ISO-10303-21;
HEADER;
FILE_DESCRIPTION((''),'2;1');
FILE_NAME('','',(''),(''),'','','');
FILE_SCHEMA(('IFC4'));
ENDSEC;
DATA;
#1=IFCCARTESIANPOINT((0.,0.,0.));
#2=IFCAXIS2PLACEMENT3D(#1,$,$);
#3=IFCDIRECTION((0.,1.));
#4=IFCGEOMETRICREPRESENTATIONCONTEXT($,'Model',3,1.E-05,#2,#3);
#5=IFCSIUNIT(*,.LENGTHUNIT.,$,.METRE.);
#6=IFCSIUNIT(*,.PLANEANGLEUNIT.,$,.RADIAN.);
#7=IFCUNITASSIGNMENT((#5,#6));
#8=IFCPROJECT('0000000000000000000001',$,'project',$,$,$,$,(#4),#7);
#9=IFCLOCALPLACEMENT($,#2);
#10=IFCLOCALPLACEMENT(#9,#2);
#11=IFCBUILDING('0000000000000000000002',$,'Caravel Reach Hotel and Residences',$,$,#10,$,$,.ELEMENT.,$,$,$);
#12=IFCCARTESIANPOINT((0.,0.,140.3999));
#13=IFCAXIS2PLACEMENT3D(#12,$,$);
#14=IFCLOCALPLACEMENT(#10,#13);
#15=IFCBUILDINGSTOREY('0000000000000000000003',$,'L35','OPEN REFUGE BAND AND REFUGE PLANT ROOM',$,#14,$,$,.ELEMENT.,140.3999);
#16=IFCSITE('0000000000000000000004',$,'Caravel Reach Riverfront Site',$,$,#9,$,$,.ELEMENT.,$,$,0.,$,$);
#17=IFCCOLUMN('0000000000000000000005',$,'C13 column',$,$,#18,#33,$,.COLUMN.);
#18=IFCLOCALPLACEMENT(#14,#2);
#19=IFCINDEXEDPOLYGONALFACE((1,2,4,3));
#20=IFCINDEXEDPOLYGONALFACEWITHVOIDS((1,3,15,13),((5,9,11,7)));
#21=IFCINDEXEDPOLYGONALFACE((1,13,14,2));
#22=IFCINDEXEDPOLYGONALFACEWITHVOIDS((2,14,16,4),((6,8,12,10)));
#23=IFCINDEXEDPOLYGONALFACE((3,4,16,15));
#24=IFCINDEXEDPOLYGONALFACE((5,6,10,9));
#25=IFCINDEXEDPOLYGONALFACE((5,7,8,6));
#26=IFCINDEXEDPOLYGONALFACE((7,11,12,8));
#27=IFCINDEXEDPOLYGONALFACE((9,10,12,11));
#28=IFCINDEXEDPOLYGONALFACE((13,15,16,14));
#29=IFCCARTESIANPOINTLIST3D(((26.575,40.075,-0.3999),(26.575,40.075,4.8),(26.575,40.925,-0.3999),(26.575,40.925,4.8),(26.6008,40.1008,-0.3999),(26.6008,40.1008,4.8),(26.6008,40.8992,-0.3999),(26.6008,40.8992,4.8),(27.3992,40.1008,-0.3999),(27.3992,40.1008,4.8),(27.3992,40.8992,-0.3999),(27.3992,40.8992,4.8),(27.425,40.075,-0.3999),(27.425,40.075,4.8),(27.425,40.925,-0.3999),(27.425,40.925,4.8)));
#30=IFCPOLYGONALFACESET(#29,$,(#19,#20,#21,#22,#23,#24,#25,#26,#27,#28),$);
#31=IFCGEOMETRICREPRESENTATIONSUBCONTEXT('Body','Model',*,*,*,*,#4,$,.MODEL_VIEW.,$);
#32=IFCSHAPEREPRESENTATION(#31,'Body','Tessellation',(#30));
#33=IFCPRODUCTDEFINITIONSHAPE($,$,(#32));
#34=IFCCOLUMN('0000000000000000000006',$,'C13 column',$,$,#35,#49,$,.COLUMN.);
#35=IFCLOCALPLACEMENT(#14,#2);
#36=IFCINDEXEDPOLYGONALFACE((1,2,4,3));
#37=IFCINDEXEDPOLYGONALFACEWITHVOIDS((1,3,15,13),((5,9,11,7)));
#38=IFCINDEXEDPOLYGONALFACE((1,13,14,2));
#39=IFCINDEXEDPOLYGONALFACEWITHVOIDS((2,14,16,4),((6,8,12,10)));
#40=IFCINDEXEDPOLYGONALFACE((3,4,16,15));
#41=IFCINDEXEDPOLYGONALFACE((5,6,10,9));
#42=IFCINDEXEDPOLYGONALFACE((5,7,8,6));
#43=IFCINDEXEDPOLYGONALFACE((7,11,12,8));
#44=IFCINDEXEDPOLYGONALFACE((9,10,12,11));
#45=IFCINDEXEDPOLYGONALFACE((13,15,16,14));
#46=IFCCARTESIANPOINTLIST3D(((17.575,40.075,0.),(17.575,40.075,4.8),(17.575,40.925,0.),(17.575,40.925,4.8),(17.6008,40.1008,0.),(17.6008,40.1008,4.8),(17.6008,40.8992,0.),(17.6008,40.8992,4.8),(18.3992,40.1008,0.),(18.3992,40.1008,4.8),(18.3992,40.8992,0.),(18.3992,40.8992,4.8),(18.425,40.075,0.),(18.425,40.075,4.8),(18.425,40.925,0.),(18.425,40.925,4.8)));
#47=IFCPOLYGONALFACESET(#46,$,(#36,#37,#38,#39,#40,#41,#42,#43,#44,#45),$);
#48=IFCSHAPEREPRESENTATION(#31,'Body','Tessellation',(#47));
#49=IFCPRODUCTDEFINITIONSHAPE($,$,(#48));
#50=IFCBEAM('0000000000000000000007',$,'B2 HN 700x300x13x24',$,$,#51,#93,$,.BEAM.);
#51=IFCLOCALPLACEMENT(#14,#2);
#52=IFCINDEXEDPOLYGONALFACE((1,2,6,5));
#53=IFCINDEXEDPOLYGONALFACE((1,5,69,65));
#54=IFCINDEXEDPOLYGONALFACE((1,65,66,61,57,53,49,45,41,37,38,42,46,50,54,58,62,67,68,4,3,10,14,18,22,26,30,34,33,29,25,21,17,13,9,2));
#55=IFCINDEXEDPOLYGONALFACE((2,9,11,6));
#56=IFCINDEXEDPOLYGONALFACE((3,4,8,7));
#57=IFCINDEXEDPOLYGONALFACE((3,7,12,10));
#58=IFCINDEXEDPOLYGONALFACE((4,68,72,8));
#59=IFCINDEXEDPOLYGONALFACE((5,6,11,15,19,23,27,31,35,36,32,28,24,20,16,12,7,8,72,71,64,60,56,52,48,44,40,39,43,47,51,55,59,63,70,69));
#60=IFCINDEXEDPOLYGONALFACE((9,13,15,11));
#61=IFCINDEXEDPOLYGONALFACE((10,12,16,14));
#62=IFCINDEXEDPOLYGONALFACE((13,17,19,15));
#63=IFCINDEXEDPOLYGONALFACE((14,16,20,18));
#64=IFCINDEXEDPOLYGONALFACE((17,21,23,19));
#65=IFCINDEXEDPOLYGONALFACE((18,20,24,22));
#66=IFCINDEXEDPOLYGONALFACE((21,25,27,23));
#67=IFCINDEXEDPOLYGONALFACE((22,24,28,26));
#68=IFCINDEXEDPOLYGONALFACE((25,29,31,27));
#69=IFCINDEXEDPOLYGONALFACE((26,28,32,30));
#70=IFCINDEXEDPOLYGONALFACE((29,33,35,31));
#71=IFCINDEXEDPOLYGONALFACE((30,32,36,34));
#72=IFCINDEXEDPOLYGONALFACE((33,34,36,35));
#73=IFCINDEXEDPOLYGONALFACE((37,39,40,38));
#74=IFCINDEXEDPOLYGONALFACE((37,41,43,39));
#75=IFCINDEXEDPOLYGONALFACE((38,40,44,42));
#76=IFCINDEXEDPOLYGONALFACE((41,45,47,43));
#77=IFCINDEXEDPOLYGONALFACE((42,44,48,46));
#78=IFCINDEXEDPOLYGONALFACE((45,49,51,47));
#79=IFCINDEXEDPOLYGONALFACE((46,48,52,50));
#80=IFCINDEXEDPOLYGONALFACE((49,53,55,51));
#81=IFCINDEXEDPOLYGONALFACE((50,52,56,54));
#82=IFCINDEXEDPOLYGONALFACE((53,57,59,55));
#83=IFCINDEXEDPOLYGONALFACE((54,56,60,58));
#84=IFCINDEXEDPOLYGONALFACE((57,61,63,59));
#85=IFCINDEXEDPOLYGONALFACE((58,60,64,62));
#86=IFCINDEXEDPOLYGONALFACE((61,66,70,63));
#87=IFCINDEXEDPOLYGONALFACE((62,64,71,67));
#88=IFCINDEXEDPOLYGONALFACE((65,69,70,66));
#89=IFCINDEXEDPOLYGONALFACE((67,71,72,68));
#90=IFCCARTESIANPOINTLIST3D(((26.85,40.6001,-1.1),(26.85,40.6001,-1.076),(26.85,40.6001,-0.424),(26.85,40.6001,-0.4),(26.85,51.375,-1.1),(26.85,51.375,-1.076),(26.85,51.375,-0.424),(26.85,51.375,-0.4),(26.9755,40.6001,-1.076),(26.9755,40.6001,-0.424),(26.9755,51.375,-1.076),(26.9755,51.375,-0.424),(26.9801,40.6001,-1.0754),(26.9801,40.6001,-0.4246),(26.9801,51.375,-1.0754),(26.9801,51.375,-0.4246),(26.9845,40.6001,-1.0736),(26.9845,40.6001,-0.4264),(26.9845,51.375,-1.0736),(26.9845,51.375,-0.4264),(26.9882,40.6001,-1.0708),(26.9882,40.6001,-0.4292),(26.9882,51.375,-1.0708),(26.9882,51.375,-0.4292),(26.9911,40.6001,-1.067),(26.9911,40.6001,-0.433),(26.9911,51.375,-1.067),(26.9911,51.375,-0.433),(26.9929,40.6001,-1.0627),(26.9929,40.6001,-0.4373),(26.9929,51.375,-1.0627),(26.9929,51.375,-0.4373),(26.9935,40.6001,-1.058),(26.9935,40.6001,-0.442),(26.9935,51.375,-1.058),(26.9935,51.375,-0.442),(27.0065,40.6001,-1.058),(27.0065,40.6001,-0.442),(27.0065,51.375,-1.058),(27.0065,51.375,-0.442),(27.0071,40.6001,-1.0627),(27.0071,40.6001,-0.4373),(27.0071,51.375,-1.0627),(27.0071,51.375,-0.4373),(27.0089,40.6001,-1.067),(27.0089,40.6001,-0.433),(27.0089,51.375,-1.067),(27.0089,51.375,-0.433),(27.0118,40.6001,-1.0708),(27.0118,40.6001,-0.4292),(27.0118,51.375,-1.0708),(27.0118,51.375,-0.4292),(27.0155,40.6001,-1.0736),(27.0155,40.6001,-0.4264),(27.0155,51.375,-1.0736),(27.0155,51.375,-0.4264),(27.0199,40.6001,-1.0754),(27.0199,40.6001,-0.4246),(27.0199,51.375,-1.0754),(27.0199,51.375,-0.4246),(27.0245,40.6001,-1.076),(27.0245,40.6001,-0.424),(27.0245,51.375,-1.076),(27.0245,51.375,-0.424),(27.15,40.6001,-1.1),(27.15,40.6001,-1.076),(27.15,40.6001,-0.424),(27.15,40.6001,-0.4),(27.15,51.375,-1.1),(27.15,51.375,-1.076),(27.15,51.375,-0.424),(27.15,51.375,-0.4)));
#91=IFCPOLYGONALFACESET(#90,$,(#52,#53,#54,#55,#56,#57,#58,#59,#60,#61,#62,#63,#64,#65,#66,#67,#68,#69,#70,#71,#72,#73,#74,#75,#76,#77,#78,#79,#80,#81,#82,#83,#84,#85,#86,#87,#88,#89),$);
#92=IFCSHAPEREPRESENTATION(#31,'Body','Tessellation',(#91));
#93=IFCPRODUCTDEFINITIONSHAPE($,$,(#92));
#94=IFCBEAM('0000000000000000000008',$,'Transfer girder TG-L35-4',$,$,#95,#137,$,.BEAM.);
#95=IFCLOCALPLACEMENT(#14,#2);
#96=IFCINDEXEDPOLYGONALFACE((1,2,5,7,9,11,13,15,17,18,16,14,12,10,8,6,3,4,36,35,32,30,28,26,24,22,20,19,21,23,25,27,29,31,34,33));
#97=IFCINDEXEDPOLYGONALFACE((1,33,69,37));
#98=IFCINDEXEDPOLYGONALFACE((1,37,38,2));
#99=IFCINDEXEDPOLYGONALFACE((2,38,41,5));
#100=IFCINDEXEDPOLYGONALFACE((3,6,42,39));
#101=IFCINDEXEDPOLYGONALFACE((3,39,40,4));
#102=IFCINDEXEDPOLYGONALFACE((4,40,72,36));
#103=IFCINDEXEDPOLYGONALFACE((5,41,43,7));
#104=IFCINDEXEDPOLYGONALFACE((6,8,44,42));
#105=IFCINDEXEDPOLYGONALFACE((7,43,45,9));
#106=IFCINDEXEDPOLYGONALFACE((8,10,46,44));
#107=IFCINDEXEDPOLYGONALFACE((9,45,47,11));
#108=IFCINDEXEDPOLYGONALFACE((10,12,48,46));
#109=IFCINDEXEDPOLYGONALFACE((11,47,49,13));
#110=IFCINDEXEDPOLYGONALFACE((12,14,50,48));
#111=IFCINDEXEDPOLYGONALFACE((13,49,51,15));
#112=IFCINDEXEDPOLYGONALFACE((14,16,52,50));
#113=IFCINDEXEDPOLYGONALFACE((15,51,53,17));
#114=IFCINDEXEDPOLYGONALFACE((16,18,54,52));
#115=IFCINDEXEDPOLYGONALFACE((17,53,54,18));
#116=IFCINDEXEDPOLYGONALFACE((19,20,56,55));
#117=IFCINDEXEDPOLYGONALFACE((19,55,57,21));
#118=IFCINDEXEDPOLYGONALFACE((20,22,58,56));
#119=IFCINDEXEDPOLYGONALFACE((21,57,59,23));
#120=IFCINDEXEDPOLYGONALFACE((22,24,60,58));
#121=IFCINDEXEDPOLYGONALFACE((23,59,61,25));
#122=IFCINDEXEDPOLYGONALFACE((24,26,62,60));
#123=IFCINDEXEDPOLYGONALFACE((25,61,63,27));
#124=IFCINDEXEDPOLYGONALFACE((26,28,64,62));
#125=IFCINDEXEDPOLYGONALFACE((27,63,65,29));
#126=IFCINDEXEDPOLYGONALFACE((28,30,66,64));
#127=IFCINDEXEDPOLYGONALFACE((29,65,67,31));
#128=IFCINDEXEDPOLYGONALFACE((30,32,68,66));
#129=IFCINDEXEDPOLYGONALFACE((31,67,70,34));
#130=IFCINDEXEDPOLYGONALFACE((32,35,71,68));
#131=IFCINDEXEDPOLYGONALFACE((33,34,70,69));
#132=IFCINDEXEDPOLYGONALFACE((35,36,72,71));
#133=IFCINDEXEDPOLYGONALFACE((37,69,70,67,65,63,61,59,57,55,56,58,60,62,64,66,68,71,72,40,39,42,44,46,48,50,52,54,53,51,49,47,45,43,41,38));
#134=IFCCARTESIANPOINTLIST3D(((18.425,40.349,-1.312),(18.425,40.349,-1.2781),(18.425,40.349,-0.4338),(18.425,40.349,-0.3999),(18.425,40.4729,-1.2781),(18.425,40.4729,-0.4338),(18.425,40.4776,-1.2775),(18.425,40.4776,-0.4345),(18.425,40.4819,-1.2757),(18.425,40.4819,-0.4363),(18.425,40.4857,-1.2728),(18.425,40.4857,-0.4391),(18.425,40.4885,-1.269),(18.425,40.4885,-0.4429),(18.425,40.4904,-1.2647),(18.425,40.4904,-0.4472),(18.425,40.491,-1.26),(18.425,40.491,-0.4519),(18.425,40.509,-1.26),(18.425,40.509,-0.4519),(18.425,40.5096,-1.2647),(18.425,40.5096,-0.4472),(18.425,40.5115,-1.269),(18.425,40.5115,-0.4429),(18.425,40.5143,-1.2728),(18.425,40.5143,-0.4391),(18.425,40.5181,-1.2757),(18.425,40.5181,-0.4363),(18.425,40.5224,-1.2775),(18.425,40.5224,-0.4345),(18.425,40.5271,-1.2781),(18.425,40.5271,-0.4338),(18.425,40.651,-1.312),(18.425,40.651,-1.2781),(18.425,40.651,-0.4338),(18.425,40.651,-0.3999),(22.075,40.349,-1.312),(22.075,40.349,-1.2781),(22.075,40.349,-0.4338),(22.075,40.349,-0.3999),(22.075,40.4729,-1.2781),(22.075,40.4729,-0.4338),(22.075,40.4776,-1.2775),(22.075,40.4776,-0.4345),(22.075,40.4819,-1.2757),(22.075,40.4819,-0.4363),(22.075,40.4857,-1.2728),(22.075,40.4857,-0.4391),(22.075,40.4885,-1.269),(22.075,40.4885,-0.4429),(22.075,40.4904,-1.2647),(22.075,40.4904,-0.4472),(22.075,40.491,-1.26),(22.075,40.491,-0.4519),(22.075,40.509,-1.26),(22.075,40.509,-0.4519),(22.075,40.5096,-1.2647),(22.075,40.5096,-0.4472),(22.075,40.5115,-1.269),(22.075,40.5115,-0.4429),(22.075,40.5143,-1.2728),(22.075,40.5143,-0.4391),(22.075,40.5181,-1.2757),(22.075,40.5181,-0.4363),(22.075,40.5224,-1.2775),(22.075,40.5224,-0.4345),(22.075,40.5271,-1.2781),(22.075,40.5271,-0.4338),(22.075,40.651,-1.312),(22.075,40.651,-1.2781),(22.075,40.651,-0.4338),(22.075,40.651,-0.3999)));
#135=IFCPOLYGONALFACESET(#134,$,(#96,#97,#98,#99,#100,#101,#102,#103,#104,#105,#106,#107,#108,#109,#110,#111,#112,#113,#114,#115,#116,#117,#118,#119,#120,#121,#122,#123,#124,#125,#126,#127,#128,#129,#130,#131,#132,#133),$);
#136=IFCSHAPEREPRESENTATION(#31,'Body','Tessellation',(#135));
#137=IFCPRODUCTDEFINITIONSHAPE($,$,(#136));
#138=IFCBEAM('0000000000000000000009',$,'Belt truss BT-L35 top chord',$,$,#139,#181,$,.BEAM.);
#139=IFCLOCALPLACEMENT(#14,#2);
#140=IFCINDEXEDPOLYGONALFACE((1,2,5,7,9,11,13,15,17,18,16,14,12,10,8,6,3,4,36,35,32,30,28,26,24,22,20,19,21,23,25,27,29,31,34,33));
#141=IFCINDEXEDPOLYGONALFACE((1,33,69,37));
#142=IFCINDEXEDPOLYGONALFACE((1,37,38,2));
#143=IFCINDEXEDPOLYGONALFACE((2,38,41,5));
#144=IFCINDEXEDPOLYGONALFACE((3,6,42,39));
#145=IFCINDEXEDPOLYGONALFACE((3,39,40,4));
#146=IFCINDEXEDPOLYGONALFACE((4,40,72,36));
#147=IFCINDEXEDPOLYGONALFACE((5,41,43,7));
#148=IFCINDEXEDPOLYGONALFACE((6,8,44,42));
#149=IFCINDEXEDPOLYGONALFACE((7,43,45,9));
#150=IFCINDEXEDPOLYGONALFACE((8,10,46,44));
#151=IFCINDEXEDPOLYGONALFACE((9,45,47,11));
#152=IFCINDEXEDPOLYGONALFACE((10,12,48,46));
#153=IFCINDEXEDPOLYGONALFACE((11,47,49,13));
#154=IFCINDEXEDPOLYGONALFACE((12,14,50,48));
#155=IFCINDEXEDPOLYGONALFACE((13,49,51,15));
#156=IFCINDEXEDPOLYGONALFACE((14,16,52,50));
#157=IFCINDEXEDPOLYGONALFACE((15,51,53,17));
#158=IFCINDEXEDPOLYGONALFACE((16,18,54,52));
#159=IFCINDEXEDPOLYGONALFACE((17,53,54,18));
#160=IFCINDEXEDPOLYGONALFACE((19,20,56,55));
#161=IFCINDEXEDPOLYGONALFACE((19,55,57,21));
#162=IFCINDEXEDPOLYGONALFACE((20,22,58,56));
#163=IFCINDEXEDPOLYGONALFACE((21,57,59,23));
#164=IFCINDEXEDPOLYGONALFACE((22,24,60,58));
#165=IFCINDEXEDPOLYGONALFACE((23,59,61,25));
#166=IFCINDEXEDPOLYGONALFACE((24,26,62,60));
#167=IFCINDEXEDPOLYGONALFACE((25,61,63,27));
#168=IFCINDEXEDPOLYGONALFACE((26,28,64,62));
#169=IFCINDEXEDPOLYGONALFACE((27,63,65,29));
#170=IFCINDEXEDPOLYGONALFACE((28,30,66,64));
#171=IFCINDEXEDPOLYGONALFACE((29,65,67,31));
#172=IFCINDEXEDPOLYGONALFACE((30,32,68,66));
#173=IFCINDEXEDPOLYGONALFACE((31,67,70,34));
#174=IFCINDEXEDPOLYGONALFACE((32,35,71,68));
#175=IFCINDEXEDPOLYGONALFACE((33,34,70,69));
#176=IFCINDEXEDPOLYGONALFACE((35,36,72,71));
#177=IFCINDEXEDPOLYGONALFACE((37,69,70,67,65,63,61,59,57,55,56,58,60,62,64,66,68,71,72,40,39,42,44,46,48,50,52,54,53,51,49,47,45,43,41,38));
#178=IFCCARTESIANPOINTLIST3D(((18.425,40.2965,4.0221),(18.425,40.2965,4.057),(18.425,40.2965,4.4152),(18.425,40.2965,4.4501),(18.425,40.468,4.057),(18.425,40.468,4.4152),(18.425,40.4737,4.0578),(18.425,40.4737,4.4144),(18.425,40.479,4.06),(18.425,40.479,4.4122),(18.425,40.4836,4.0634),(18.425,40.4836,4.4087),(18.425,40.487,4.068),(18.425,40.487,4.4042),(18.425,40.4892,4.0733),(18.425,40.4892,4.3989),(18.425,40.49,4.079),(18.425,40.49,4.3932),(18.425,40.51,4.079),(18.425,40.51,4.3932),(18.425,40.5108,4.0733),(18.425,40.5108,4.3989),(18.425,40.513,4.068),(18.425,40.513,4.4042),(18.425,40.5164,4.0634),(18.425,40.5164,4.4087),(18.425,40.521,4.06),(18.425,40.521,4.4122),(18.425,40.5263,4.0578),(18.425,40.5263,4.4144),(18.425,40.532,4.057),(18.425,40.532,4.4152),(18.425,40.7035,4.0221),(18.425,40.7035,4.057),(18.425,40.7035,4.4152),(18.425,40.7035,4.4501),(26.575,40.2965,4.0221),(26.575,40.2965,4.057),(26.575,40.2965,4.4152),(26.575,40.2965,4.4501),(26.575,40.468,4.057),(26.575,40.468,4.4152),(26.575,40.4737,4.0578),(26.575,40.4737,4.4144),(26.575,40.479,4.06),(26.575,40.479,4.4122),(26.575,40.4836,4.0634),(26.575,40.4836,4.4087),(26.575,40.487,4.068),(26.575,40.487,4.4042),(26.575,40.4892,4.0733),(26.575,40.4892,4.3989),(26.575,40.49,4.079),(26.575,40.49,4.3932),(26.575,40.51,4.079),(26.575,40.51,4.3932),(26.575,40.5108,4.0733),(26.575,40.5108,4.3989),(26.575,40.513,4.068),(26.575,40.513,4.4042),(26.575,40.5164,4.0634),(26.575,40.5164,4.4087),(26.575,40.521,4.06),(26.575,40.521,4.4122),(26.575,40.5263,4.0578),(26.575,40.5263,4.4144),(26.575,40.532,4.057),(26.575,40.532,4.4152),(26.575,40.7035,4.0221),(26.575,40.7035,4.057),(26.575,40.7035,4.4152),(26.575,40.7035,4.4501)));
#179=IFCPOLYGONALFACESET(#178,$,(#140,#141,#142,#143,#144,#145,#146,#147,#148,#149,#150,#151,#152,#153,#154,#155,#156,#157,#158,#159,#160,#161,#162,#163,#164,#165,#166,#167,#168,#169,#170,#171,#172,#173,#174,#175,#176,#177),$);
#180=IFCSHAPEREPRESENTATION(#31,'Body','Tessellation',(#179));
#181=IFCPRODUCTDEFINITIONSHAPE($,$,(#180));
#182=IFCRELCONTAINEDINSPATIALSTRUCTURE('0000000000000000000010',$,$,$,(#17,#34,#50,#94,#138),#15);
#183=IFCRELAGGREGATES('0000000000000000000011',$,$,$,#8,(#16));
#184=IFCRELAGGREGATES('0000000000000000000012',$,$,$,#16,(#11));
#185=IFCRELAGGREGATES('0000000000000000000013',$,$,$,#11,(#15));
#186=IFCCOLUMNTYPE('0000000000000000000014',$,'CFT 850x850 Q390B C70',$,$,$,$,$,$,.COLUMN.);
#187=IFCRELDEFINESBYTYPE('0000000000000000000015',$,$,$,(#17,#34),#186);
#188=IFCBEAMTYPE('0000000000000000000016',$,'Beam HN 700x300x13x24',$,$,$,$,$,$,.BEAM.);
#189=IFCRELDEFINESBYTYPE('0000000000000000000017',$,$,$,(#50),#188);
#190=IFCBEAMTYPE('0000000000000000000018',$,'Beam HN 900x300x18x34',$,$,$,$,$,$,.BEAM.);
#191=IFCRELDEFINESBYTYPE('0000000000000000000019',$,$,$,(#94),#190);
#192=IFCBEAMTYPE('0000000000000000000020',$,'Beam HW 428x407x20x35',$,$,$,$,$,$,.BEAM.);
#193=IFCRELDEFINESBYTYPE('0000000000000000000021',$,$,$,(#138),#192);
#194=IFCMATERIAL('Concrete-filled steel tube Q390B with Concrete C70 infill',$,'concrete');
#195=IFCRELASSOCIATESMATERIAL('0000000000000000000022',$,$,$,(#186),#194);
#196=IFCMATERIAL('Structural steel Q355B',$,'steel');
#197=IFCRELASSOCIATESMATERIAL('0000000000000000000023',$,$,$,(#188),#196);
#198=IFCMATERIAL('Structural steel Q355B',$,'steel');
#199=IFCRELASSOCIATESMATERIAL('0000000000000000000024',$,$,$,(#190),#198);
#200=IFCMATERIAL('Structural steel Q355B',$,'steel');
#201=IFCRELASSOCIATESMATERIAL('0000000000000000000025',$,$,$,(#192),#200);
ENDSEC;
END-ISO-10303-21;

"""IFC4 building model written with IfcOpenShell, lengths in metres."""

from ifc_helpers import new_model, si_unit, direction, frame, origin, origin_2d, place, context, subcontext, project, spatial, hollow_rectangle, i_section, extrude, material, material_profile, profile_set, type_object, element, save


model = new_model("IFC4")

# Units and contexts
model_context = context("Model", 3, precision=1e-05, world=origin(), true_north=direction((0.0, 1.0)))
body_context = subcontext(model_context, "Body", "Model", "MODEL_VIEW")
ifc_project = project(units=[si_unit("LENGTHUNIT", "METRE"), si_unit("PLANEANGLEUNIT", "RADIAN")], contexts=[model_context])

# Site, building, storey
site_placement = place(None, origin())
site = spatial("IfcSite", under=ifc_project, at=site_placement, Name="Caravel Reach Riverfront Site", CompositionType="ELEMENT", RefElevation=0.0)
building_placement = place(site_placement, origin())
building = spatial("IfcBuilding", under=site, at=building_placement, Name="Caravel Reach Hotel and Residences", CompositionType="ELEMENT")
storey_placement = place(building_placement, frame((0.0, 0.0, 140.3999)))
storey = spatial("IfcBuildingStorey", under=building, at=storey_placement, Name="L35", Description="OPEN REFUGE BAND AND REFUGE PLANT ROOM", CompositionType="ELEMENT", Elevation=140.3999)

# Columns
ifc_material_1 = material(Name="Concrete-filled steel tube Q390B with Concrete C70 infill", Category="concrete")
ifc_material_profile_1 = material_profile(ifc_material_1, hollow_rectangle(XDim=0.8501, YDim=0.8501, WallThickness=0.0259, at=origin_2d()), Name="RHS 850x850x26")
ifc_profile_set_1 = profile_set([ifc_material_profile_1], Name="Concrete-filled steel tube Q390B with Concrete C70 infill")
column_type = type_object("IfcColumnType", Name="CFT 850x850 Q390B C70", PredefinedType="COLUMN", material=ifc_profile_set_1)
column_1_placement = place(storey_placement, frame((27.0, 40.5, -0.3999), z_axis=(0.0, 0.0, 1.0), x_axis=(1.0, 0.0, 0.0)))
element("IfcColumn", 1, at=column_1_placement, inside=storey, type_object=column_type, Name="C13 column", PredefinedType="COLUMN", context=body_context, shape_type="SweptSolid", body=[
    extrude(hollow_rectangle(XDim=0.8501, YDim=0.8501, WallThickness=0.0259, at=origin_2d()), origin(), (0.0, 0.0, 1.0), 5.2),
])
column_2_placement = place(storey_placement, frame((18.0, 40.5, 0.0), z_axis=(0.0, 0.0, 1.0), x_axis=(1.0, 0.0, 0.0)))
element("IfcColumn", 2, at=column_2_placement, inside=storey, type_object=column_type, Name="C13 column", PredefinedType="COLUMN", context=body_context, shape_type="SweptSolid", body=[
    extrude(hollow_rectangle(XDim=0.8501, YDim=0.8501, WallThickness=0.0259, at=origin_2d()), origin(), (0.0, 0.0, 1.0), 4.8),
])

# Beams
ifc_material_2 = material(Name="Structural steel Q355B", Category="steel")
ifc_material_profile_2 = material_profile(ifc_material_2, i_section(OverallWidth=0.3, OverallDepth=0.7, WebThickness=0.0129, FlangeThickness=0.0239, FilletRadius=0.0181, at=origin_2d()), Name="HN 700x300x13x24")
ifc_profile_set_2 = profile_set([ifc_material_profile_2], Name="Structural steel Q355B")
beam_type_1 = type_object("IfcBeamType", Name="Beam HN 700x300x13x24", PredefinedType="BEAM", material=ifc_profile_set_2)
beam_1_placement = place(storey_placement, frame((27.0, 40.6001, -0.75), z_axis=(0.0, 1.0, 0.0), x_axis=(-1.0, 0.0, 0.0)))
element("IfcBeam", 3, at=beam_1_placement, inside=storey, type_object=beam_type_1, Name="B2 HN 700x300x13x24", PredefinedType="BEAM", context=body_context, shape_type="SweptSolid", body=[
    extrude(i_section(OverallWidth=0.3, OverallDepth=0.7, WebThickness=0.0129, FlangeThickness=0.0239, FilletRadius=0.0181, at=origin_2d()), origin(), (0.0, 0.0, 1.0), 10.7749),
])
ifc_material_3 = material(Name="Structural steel Q355B", Category="steel")
ifc_material_profile_3 = material_profile(ifc_material_3, i_section(OverallWidth=0.302, OverallDepth=0.9121, WebThickness=0.0181, FlangeThickness=0.0339, FilletRadius=0.0181, at=origin_2d()), Name="HN 900x300x18x34")
ifc_profile_set_3 = profile_set([ifc_material_profile_3], Name="Structural steel Q355B")
beam_type_2 = type_object("IfcBeamType", Name="Beam HN 900x300x18x34", PredefinedType="BEAM", material=ifc_profile_set_3)
beam_2_placement = place(storey_placement, frame((22.075, 40.5, -0.856), z_axis=(-1.0, 0.0, 0.0), x_axis=(0.0, -1.0, 0.0)))
element("IfcBeam", 4, at=beam_2_placement, inside=storey, type_object=beam_type_2, Name="Transfer girder TG-L35-4", PredefinedType="BEAM", context=body_context, shape_type="SweptSolid", body=[
    extrude(i_section(OverallWidth=0.302, OverallDepth=0.9121, WebThickness=0.0181, FlangeThickness=0.0339, FilletRadius=0.0181, at=origin_2d()), origin(), (0.0, 0.0, 1.0), 3.6499),
])
ifc_material_4 = material(Name="Structural steel Q355B", Category="steel")
ifc_material_profile_4 = material_profile(ifc_material_4, i_section(OverallWidth=0.407, OverallDepth=0.428, WebThickness=0.02, FlangeThickness=0.0349, FilletRadius=0.022, at=origin_2d()), Name="HW 428x407x20x35")
ifc_profile_set_4 = profile_set([ifc_material_profile_4], Name="Structural steel Q355B")
beam_type_3 = type_object("IfcBeamType", Name="Beam HW 428x407x20x35", PredefinedType="BEAM", material=ifc_profile_set_4)
beam_3_placement = place(storey_placement, frame((26.575, 40.5, 4.2361), z_axis=(-1.0, 0.0, 0.0), x_axis=(0.0, -1.0, 0.0)))
element("IfcBeam", 5, at=beam_3_placement, inside=storey, type_object=beam_type_3, Name="Belt truss BT-L35 top chord", PredefinedType="BEAM", context=body_context, shape_type="SweptSolid", body=[
    extrude(i_section(OverallWidth=0.407, OverallDepth=0.428, WebThickness=0.02, FlangeThickness=0.0349, FilletRadius=0.022, at=origin_2d()), origin(), (0.0, 0.0, 1.0), 8.1499),
])

save(model, "model.ifc")
